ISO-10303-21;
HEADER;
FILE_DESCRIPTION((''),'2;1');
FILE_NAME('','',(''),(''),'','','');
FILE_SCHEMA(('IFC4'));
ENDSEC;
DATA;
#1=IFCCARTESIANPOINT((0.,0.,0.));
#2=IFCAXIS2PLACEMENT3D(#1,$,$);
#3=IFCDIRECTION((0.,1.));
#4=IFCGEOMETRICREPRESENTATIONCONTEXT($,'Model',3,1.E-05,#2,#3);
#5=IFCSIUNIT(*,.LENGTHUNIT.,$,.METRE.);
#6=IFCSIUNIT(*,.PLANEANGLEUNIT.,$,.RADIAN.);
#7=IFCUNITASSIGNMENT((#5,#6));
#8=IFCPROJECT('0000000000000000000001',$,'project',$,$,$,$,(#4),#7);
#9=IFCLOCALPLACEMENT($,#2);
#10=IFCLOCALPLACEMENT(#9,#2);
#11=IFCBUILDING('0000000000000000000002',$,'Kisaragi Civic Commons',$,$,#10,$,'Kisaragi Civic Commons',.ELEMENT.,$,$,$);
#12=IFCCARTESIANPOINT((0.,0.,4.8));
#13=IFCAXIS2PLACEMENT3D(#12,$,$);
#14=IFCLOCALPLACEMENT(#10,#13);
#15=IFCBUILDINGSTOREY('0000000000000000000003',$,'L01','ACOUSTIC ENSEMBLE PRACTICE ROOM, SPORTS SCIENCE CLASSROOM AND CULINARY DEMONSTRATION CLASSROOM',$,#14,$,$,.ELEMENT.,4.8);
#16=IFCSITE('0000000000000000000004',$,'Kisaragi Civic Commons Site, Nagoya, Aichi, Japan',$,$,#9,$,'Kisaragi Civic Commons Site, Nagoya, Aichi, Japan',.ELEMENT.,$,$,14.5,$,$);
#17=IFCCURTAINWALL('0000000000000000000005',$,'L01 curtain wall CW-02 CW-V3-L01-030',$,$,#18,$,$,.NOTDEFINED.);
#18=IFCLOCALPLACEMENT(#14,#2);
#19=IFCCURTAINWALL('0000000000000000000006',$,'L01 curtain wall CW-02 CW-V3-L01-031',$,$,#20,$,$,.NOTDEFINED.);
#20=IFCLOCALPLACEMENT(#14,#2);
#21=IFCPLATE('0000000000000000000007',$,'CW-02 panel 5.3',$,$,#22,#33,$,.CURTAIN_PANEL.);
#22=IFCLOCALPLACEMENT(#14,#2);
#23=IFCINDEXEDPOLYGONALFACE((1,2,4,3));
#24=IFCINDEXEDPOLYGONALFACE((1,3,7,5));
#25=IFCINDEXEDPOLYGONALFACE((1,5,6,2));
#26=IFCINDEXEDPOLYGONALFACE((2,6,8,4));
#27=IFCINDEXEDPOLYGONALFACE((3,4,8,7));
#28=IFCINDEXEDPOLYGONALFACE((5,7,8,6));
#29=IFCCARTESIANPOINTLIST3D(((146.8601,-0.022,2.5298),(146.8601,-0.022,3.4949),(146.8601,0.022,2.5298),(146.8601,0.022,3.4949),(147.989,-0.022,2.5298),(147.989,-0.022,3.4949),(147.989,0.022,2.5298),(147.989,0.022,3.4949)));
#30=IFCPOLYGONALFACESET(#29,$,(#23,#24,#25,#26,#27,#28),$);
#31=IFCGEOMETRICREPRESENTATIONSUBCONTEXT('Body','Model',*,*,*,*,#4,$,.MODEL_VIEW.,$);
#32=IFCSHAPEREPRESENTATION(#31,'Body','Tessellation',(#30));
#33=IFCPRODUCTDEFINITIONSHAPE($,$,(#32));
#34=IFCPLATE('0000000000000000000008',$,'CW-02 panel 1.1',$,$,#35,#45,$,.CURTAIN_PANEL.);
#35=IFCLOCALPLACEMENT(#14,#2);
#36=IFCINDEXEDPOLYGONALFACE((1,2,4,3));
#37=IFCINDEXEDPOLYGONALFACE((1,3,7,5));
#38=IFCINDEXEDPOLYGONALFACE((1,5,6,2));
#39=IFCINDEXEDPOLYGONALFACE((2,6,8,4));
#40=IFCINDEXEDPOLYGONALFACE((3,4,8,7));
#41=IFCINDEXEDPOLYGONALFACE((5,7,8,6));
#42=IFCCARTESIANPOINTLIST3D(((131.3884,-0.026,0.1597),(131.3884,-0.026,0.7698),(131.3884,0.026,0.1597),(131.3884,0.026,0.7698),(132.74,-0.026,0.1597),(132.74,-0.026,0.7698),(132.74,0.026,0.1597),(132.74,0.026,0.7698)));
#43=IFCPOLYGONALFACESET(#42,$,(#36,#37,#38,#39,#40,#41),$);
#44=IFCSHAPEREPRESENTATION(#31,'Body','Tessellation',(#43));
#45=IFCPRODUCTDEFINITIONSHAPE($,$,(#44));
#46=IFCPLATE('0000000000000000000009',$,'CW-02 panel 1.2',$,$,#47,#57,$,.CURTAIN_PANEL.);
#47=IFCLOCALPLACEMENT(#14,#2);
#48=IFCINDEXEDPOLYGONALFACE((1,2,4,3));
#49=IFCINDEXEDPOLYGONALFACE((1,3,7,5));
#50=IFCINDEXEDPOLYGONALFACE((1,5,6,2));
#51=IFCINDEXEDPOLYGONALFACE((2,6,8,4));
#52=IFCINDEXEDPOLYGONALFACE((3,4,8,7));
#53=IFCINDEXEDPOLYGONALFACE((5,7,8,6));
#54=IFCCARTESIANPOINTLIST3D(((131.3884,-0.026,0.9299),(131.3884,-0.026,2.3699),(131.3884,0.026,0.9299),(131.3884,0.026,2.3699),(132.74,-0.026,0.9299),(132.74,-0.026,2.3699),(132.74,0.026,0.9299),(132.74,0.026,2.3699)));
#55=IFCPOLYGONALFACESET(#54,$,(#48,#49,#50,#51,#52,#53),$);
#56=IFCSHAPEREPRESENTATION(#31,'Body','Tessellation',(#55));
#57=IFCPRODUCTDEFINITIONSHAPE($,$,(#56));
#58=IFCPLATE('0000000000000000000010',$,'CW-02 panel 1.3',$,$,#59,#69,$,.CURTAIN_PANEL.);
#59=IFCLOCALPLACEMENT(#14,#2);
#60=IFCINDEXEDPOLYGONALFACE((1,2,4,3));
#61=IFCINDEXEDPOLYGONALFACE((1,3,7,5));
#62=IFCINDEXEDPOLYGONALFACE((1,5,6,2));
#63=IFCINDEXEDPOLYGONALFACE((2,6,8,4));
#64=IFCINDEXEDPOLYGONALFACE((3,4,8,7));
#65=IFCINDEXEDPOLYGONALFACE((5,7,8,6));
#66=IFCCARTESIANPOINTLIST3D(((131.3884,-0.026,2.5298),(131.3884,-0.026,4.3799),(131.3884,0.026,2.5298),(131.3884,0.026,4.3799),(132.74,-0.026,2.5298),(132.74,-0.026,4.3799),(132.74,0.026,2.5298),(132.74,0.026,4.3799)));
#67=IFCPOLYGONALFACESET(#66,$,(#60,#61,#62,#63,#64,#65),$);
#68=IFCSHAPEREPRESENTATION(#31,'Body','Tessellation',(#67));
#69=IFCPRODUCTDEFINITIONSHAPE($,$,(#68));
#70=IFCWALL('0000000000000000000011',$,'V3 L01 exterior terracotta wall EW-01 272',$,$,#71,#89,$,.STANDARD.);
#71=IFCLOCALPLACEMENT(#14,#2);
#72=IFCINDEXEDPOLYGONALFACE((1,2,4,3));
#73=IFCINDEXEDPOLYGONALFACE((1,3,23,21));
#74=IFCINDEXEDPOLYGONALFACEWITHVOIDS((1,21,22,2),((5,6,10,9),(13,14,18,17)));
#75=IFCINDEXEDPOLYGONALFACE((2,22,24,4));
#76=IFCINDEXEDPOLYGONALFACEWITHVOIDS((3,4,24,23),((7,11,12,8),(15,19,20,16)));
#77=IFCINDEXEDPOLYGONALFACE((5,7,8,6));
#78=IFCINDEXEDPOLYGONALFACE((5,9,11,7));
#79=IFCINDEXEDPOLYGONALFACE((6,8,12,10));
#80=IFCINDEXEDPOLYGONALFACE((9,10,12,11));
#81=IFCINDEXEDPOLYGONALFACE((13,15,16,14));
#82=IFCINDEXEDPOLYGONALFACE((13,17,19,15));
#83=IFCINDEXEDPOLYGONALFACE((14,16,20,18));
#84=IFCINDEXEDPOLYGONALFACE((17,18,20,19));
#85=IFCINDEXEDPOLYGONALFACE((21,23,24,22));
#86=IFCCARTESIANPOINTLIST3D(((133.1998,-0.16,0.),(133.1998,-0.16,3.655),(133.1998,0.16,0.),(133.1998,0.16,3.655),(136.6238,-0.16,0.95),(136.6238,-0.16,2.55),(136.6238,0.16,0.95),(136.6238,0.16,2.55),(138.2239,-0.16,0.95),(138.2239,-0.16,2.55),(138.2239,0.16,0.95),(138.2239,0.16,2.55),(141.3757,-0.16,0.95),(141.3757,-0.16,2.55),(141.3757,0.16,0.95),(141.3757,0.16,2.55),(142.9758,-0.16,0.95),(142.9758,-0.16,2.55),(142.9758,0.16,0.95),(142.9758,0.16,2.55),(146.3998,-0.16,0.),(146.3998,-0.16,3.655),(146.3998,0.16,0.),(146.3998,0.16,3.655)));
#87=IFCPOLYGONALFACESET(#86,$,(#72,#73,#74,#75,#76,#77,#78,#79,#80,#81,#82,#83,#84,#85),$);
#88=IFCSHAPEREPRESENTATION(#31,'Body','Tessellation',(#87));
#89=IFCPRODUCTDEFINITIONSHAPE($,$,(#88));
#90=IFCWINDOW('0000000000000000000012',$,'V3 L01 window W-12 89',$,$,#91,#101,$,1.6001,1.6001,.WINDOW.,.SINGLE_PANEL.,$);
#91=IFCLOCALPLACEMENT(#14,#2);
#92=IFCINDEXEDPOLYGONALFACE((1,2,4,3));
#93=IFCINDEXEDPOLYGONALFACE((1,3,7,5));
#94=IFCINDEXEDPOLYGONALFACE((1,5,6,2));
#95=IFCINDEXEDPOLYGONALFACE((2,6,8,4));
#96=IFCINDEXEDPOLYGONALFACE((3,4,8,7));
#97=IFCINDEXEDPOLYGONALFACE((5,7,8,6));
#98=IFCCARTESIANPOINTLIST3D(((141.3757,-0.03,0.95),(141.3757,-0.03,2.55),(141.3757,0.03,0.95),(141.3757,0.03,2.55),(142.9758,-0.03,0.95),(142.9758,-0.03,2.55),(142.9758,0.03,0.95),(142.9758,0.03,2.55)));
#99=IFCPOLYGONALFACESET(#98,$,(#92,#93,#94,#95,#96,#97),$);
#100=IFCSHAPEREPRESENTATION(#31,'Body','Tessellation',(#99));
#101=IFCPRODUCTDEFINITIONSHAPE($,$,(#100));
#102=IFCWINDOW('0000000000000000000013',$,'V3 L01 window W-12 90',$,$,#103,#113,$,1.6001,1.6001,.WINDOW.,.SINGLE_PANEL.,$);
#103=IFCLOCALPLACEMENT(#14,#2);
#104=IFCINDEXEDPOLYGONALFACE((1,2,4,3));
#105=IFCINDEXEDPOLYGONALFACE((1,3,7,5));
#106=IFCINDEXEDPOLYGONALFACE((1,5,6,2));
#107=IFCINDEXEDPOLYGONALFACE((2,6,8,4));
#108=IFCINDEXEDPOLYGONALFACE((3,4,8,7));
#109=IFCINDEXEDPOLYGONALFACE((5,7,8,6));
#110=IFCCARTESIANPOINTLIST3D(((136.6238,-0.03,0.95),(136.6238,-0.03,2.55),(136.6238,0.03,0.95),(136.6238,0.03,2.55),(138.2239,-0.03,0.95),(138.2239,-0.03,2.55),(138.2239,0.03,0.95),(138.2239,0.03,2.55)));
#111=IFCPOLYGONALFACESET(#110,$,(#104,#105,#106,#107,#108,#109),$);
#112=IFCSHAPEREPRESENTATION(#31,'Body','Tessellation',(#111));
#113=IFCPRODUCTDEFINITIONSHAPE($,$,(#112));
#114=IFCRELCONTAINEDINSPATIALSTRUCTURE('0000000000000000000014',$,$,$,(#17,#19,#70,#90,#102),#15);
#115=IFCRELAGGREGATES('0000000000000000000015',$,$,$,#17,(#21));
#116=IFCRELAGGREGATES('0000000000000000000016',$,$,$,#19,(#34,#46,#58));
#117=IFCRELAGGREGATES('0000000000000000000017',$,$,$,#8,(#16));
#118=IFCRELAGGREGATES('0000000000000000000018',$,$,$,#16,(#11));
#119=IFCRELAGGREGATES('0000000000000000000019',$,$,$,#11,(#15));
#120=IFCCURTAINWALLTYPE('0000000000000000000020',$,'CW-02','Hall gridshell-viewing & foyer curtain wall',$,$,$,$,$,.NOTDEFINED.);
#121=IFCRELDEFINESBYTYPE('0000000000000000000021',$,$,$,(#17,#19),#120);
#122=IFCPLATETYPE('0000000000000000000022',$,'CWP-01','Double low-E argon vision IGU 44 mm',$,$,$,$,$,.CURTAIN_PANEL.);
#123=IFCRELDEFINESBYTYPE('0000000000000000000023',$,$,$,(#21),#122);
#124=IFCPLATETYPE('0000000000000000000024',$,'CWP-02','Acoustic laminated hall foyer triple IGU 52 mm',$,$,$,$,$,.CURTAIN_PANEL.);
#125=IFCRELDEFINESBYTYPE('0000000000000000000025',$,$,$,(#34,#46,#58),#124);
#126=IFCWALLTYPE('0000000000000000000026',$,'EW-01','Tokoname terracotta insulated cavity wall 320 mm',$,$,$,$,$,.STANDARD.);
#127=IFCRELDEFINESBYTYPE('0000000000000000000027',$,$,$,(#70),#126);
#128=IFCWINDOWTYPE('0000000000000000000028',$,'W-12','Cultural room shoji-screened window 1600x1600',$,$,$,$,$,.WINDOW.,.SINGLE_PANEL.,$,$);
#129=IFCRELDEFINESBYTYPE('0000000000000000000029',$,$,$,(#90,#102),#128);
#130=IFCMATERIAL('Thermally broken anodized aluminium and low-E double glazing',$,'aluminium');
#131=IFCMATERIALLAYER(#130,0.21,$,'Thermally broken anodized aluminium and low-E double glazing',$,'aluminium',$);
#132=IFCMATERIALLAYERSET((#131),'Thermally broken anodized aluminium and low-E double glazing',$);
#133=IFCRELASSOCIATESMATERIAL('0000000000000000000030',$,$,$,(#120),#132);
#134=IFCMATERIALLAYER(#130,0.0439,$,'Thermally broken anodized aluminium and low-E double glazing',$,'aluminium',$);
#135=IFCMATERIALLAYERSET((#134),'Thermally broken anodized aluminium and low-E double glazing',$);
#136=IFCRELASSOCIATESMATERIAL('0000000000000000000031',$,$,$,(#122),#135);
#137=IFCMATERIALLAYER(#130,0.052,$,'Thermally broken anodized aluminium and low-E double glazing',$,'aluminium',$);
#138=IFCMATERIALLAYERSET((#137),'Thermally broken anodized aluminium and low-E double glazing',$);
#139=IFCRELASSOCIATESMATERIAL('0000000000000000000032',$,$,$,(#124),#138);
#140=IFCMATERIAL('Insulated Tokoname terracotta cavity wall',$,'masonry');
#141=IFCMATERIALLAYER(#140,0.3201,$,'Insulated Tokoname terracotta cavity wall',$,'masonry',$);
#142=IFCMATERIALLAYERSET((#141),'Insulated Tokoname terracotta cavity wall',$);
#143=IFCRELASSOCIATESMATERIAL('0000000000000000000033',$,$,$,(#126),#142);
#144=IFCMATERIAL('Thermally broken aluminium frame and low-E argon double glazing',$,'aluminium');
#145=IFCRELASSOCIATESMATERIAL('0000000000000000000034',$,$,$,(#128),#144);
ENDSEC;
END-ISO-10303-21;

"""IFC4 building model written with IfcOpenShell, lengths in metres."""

from ifc_helpers import new_model, si_unit, direction, frame, frame_2d, origin, origin_2d, place, context, subcontext, project, spatial, rectangle, extrude, material, layer, layer_set, type_object, element, fill, aggregate, save


model = new_model("IFC4")

# Units and contexts
model_context = context("Model", 3, precision=1e-05, world=origin(), true_north=direction((0.0, 1.0)))
body_context = subcontext(model_context, "Body", "Model", "MODEL_VIEW")
ifc_project = project(units=[si_unit("LENGTHUNIT", "METRE"), si_unit("PLANEANGLEUNIT", "RADIAN")], contexts=[model_context])

# Site, building, storey
site_placement = place(None, origin())
site = spatial("IfcSite", under=ifc_project, at=site_placement, Name="Kisaragi Civic Commons Site, Nagoya, Aichi, Japan", LongName="Kisaragi Civic Commons Site, Nagoya, Aichi, Japan", CompositionType="ELEMENT", RefElevation=14.5)
building_placement = place(site_placement, origin())
building = spatial("IfcBuilding", under=site, at=building_placement, Name="Kisaragi Civic Commons", LongName="Kisaragi Civic Commons", CompositionType="ELEMENT")
storey_placement = place(building_placement, frame((0.0, 0.0, 4.8)))
storey = spatial("IfcBuildingStorey", under=building, at=storey_placement, Name="L01", Description="ACOUSTIC ENSEMBLE PRACTICE ROOM, SPORTS SCIENCE CLASSROOM AND CULINARY DEMONSTRATION CLASSROOM", CompositionType="ELEMENT", Elevation=4.8)

# Curtain walls
ifc_material_1 = material(Name="Thermally broken anodized aluminium and low-E double glazing", Category="aluminium")
ifc_layer_1 = layer(ifc_material_1, 0.21, Name="Thermally broken anodized aluminium and low-E double glazing", Category="aluminium")
ifc_layer_set_1 = layer_set([ifc_layer_1], Name="Thermally broken anodized aluminium and low-E double glazing")
curtain_wall_type = type_object("IfcCurtainWallType", Name="CW-02", Description="Hall gridshell-viewing & foyer curtain wall", PredefinedType="NOTDEFINED", material=ifc_layer_set_1)
curtain_wall_1_placement = place(storey_placement, origin())
curtain_wall_1 = element("IfcCurtainWall", 1, at=curtain_wall_1_placement, inside=storey, type_object=curtain_wall_type, Name="L01 curtain wall CW-02 CW-V3-L01-030", PredefinedType="NOTDEFINED")
curtain_wall_2_placement = place(storey_placement, origin())
curtain_wall_2 = element("IfcCurtainWall", 2, at=curtain_wall_2_placement, inside=storey, type_object=curtain_wall_type, Name="L01 curtain wall CW-02 CW-V3-L01-031", PredefinedType="NOTDEFINED")

# Plates
ifc_layer_2 = layer(ifc_material_1, 0.0439, Name="Thermally broken anodized aluminium and low-E double glazing", Category="aluminium")
ifc_layer_set_2 = layer_set([ifc_layer_2], Name="Thermally broken anodized aluminium and low-E double glazing")
plate_type_1 = type_object("IfcPlateType", Name="CWP-01", Description="Double low-E argon vision IGU 44 mm", PredefinedType="CURTAIN_PANEL", material=ifc_layer_set_2)
plate_1_placement = place(storey_placement, frame((147.4246, 0.0, 2.5298), z_axis=(0.0, 0.0, 1.0), x_axis=(-1.0, 0.0, 0.0)))
plate_1 = element("IfcPlate", 3, at=plate_1_placement, type_object=plate_type_1, Name="CW-02 panel 5.3", PredefinedType="CURTAIN_PANEL", context=body_context, shape_type="SweptSolid", body=[
    extrude(rectangle(XDim=1.1289, YDim=0.0439, at=origin_2d()), origin(), (0.0, 0.0, 1.0), 0.9651),
])
aggregate(curtain_wall_1, [plate_1])
ifc_layer_3 = layer(ifc_material_1, 0.052, Name="Thermally broken anodized aluminium and low-E double glazing", Category="aluminium")
ifc_layer_set_3 = layer_set([ifc_layer_3], Name="Thermally broken anodized aluminium and low-E double glazing")
plate_type_2 = type_object("IfcPlateType", Name="CWP-02", Description="Acoustic laminated hall foyer triple IGU 52 mm", PredefinedType="CURTAIN_PANEL", material=ifc_layer_set_3)
plate_2_placement = place(storey_placement, frame((132.0642, 0.0, 0.1597), z_axis=(0.0, 0.0, 1.0), x_axis=(-1.0, 0.0, 0.0)))
plate_2 = element("IfcPlate", 4, at=plate_2_placement, type_object=plate_type_2, Name="CW-02 panel 1.1", PredefinedType="CURTAIN_PANEL", context=body_context, shape_type="SweptSolid", body=[
    extrude(rectangle(XDim=1.3516, YDim=0.052, at=origin_2d()), origin(), (0.0, 0.0, 1.0), 0.6101),
])
plate_3_placement = place(storey_placement, frame((132.0642, 0.0, 0.9299), z_axis=(0.0, 0.0, 1.0), x_axis=(-1.0, 0.0, 0.0)))
plate_3 = element("IfcPlate", 5, at=plate_3_placement, type_object=plate_type_2, Name="CW-02 panel 1.2", PredefinedType="CURTAIN_PANEL", context=body_context, shape_type="SweptSolid", body=[
    extrude(rectangle(XDim=1.3516, YDim=0.052, at=origin_2d()), origin(), (0.0, 0.0, 1.0), 1.4399),
])
plate_4_placement = place(storey_placement, frame((132.0642, 0.0, 2.5298), z_axis=(0.0, 0.0, 1.0), x_axis=(-1.0, 0.0, 0.0)))
plate_4 = element("IfcPlate", 6, at=plate_4_placement, type_object=plate_type_2, Name="CW-02 panel 1.3", PredefinedType="CURTAIN_PANEL", context=body_context, shape_type="SweptSolid", body=[
    extrude(rectangle(XDim=1.3516, YDim=0.052, at=origin_2d()), origin(), (0.0, 0.0, 1.0), 1.8501),
])
aggregate(curtain_wall_2, [plate_2, plate_3, plate_4])

# Wall, openings, windows
ifc_material_2 = material(Name="Insulated Tokoname terracotta cavity wall", Category="masonry")
ifc_layer_4 = layer(ifc_material_2, 0.3201, Name="Insulated Tokoname terracotta cavity wall", Category="masonry")
ifc_layer_set_4 = layer_set([ifc_layer_4], Name="Insulated Tokoname terracotta cavity wall")
wall_type = type_object("IfcWallType", Name="EW-01", Description="Tokoname terracotta insulated cavity wall 320 mm", PredefinedType="STANDARD", material=ifc_layer_set_4)
wall_placement = place(storey_placement, frame((146.3999, 0.0, 0.0), z_axis=(0.0, 0.0, 1.0), x_axis=(-1.0, 0.0, 0.0)))
wall = element("IfcWall", 7, at=wall_placement, inside=storey, type_object=wall_type, Name="V3 L01 exterior terracotta wall EW-01 272", PredefinedType="STANDARD", context=body_context, shape_type="SweptSolid", body=[
    extrude(rectangle(XDim=13.2, YDim=0.3201, at=frame_2d((6.6001, 0.0))), origin(), (0.0, 0.0, 1.0), 3.655),
])
opening_1_placement = place(wall_placement, frame((3.4241, 0.0, 0.95)))
opening_1 = element("IfcOpeningElement", 8, at=opening_1_placement, cuts=wall, PredefinedType="OPENING", context=body_context, shape_type="SweptSolid", body=[
    extrude(rectangle(XDim=1.6001, YDim=1.6001, at=frame_2d((0.8, 0.8))), frame((0.0, 0.1699, 0.0), z_axis=(0.0, -1.0, 0.0), x_axis=(1.0, 0.0, 0.0)), (0.0, 0.0, 1.0), 0.3401),
])
opening_2_placement = place(wall_placement, frame((8.176, 0.0, 0.95)))
opening_2 = element("IfcOpeningElement", 9, at=opening_2_placement, cuts=wall, PredefinedType="OPENING", context=body_context, shape_type="SweptSolid", body=[
    extrude(rectangle(XDim=1.6001, YDim=1.6001, at=frame_2d((0.8, 0.8))), frame((0.0, 0.1699, 0.0), z_axis=(0.0, -1.0, 0.0), x_axis=(1.0, 0.0, 0.0)), (0.0, 0.0, 1.0), 0.3401),
])
ifc_material_3 = material(Name="Thermally broken aluminium frame and low-E argon double glazing", Category="aluminium")
window_type = type_object("IfcWindowType", Name="W-12", Description="Cultural room shoji-screened window 1600x1600", PartitioningType="SINGLE_PANEL", PredefinedType="WINDOW", material=ifc_material_3)
window_1_placement = place(opening_1_placement, origin())
window_1 = element("IfcWindow", 10, at=window_1_placement, inside=storey, type_object=window_type, Name="V3 L01 window W-12 89", OverallHeight=1.6001, OverallWidth=1.6001, PartitioningType="SINGLE_PANEL", PredefinedType="WINDOW", context=body_context, shape_type="SweptSolid", body=[
    extrude(rectangle(XDim=1.6001, YDim=1.6001, at=frame_2d((0.8, 0.8))), frame((0.0, 0.03, 0.0), z_axis=(0.0, -1.0, 0.0), x_axis=(1.0, 0.0, 0.0)), (0.0, 0.0, 1.0), 0.0601),
])
fill(opening_1, window_1)
window_2_placement = place(opening_2_placement, origin())
window_2 = element("IfcWindow", 11, at=window_2_placement, inside=storey, type_object=window_type, Name="V3 L01 window W-12 90", OverallHeight=1.6001, OverallWidth=1.6001, PartitioningType="SINGLE_PANEL", PredefinedType="WINDOW", context=body_context, shape_type="SweptSolid", body=[
    extrude(rectangle(XDim=1.6001, YDim=1.6001, at=frame_2d((0.8, 0.8))), frame((0.0, 0.03, 0.0), z_axis=(0.0, -1.0, 0.0), x_axis=(1.0, 0.0, 0.0)), (0.0, 0.0, 1.0), 0.0601),
])
fill(opening_2, window_2)

save(model, "model.ifc")
